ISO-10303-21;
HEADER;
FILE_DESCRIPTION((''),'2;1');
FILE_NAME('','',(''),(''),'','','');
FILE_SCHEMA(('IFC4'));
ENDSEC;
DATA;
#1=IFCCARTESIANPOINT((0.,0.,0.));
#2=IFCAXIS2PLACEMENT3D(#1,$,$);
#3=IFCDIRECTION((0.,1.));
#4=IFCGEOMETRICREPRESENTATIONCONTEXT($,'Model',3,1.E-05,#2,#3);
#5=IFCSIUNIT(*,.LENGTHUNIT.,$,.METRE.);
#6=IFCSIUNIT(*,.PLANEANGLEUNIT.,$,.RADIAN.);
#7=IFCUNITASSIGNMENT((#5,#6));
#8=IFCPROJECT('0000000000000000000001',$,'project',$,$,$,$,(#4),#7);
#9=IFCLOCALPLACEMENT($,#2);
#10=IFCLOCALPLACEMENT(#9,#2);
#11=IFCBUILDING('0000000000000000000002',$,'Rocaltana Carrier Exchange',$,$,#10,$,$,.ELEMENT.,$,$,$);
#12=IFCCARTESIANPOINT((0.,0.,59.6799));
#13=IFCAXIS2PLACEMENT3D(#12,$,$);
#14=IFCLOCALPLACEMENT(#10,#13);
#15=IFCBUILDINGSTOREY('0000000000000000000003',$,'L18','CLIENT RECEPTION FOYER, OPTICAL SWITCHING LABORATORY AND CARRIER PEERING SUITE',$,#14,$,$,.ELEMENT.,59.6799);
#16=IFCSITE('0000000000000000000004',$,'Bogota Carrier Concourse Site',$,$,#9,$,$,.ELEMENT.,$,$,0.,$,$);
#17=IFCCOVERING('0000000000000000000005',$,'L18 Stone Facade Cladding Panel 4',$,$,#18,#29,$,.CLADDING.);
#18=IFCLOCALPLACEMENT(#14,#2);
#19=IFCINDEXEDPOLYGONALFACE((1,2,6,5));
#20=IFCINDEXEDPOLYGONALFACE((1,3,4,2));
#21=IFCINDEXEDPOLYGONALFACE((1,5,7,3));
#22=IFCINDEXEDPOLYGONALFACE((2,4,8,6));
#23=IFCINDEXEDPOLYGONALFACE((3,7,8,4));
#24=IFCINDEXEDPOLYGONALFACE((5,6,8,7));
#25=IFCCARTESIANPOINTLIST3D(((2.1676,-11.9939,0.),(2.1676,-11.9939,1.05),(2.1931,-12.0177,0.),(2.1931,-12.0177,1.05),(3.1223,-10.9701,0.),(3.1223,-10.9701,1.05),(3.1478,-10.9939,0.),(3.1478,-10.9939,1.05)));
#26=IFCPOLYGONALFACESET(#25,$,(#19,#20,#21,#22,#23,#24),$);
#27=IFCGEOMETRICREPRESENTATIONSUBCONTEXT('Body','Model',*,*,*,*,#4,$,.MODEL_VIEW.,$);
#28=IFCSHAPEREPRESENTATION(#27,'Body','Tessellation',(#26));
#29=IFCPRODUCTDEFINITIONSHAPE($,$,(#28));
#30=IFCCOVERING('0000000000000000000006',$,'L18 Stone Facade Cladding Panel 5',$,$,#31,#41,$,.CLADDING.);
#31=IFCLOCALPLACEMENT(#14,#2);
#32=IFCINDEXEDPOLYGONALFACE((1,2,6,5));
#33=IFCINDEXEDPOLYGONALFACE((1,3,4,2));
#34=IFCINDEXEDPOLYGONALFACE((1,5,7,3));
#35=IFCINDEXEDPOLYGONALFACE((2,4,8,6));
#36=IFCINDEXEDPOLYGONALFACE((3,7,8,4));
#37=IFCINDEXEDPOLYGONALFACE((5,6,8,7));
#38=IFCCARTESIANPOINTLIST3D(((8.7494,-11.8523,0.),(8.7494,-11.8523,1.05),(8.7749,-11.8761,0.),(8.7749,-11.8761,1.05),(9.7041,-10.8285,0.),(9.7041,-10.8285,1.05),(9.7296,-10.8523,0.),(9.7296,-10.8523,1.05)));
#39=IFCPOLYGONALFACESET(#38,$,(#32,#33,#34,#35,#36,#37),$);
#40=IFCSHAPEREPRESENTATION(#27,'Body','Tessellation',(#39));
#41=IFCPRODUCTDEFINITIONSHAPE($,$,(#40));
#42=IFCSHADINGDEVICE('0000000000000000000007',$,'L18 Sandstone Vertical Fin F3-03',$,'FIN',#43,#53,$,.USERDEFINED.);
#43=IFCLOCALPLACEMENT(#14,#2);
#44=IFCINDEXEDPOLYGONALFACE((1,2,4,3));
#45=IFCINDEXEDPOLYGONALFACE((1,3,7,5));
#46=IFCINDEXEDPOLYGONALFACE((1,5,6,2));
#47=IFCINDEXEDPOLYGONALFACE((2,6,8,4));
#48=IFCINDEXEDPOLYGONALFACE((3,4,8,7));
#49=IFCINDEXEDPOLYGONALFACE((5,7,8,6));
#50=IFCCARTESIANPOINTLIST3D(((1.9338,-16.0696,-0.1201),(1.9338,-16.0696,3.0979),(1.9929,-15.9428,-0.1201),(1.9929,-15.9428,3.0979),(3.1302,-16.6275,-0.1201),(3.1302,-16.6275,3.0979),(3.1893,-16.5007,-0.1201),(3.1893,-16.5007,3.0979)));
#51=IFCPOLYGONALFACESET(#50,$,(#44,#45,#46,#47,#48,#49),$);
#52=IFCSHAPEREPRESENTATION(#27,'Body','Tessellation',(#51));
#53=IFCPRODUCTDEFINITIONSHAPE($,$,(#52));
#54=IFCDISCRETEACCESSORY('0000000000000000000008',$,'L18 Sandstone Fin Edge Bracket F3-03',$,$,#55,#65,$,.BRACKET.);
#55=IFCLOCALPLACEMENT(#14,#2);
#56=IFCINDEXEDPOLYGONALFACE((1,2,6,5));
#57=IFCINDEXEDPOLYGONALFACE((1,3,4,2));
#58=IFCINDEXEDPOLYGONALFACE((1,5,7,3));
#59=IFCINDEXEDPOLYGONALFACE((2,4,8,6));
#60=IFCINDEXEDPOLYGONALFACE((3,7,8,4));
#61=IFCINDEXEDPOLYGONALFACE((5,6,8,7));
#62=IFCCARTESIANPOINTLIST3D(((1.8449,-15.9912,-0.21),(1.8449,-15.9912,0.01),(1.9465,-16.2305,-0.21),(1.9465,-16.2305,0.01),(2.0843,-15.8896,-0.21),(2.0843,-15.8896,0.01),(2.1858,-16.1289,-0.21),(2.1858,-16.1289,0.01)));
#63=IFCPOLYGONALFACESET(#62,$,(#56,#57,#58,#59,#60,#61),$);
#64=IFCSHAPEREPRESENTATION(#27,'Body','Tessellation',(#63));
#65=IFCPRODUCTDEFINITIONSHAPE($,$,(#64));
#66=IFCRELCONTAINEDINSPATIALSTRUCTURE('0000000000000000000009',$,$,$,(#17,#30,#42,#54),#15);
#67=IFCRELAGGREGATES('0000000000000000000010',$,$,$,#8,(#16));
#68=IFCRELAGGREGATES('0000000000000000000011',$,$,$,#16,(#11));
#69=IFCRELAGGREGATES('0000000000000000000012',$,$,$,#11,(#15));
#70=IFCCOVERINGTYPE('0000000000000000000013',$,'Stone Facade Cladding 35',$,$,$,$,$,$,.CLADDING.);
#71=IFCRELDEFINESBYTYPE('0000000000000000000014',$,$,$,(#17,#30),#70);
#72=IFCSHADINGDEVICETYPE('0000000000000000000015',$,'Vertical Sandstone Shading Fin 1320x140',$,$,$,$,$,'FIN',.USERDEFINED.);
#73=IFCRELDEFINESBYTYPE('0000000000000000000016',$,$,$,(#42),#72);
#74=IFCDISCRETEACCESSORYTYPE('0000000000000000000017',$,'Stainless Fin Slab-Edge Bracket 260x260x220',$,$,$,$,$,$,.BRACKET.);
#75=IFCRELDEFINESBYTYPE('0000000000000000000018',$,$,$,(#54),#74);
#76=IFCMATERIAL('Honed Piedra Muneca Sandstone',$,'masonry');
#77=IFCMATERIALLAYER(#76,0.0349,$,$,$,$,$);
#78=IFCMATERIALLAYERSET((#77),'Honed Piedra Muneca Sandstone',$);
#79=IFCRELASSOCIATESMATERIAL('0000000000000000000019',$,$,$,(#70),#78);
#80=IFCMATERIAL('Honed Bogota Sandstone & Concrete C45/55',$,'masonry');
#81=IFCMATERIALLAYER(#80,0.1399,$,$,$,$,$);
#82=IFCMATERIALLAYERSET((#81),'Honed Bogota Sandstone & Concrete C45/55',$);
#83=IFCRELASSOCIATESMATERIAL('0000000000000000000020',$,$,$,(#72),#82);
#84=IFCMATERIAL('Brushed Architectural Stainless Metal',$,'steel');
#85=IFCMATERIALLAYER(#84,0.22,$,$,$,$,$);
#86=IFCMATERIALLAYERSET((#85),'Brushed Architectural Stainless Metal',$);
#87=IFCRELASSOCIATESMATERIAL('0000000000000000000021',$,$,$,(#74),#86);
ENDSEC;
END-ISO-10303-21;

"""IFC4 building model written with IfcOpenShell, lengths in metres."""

from ifc_helpers import new_model, si_unit, direction, frame, origin, origin_2d, place, context, subcontext, project, spatial, rectangle, extrude, material, layer, layer_set, type_object, element, save


model = new_model("IFC4")

# Units and contexts
model_context = context("Model", 3, precision=1e-05, world=origin(), true_north=direction((0.0, 1.0)))
body_context = subcontext(model_context, "Body", "Model", "MODEL_VIEW")
ifc_project = project(units=[si_unit("LENGTHUNIT", "METRE"), si_unit("PLANEANGLEUNIT", "RADIAN")], contexts=[model_context])

# Site, building, storey
site_placement = place(None, origin())
site = spatial("IfcSite", under=ifc_project, at=site_placement, Name="Bogota Carrier Concourse Site", CompositionType="ELEMENT", RefElevation=0.0)
building_placement = place(site_placement, origin())
building = spatial("IfcBuilding", under=site, at=building_placement, Name="Rocaltana Carrier Exchange", CompositionType="ELEMENT")
storey_placement = place(building_placement, frame((0.0, 0.0, 59.6799)))
storey = spatial("IfcBuildingStorey", under=building, at=storey_placement, Name="L18", Description="CLIENT RECEPTION FOYER, OPTICAL SWITCHING LABORATORY AND CARRIER PEERING SUITE", CompositionType="ELEMENT", Elevation=59.6799)

# Coverings
ifc_material_1 = material(Name="Honed Piedra Muneca Sandstone", Category="masonry")
ifc_layer_1 = layer(ifc_material_1, 0.0349)
ifc_layer_set_1 = layer_set([ifc_layer_1], Name="Honed Piedra Muneca Sandstone")
covering_type = type_object("IfcCoveringType", Name="Stone Facade Cladding 35", PredefinedType="CLADDING", material=ifc_layer_set_1)
for number, where, z_axis, x_axis, name in (
    (1, (2.6577, -11.4939, 0.0), (0.0, 0.0, 1.0), (0.681998, 0.731354, 0.0), "L18 Stone Facade Cladding Panel 4"),
    (2, (9.2395, -11.3523, 0.0), (0.0, 0.0, 1.0), (0.681998, 0.731354, 0.0), "L18 Stone Facade Cladding Panel 5"),
):
    element("IfcCovering", number, at=place(storey_placement, frame(where, z_axis=z_axis, x_axis=x_axis)), inside=storey, type_object=covering_type, Name=name, PredefinedType="CLADDING", context=body_context, shape_type="SweptSolid", body=[
        extrude(rectangle(XDim=1.3999, YDim=0.0349, at=origin_2d()), origin(), (0.0, 0.0, 1.0), 1.05),
    ])

# Shading device
ifc_material_2 = material(Name="Honed Bogota Sandstone & Concrete C45/55", Category="masonry")
ifc_layer_2 = layer(ifc_material_2, 0.1399)
ifc_layer_set_2 = layer_set([ifc_layer_2], Name="Honed Bogota Sandstone & Concrete C45/55")
shading_device_type = type_object("IfcShadingDeviceType", Name="Vertical Sandstone Shading Fin 1320x140", ElementType="FIN", PredefinedType="USERDEFINED", material=ifc_layer_set_2)
shading_device_placement = place(storey_placement, frame((2.5615, -16.2852, -0.1201), z_axis=(0.0, 0.0, 1.0), x_axis=(0.906308, -0.422618, 0.0)))
element("IfcShadingDevice", 3, at=shading_device_placement, inside=storey, type_object=shading_device_type, Name="L18 Sandstone Vertical Fin F3-03", ObjectType="FIN", PredefinedType="USERDEFINED", context=body_context, shape_type="SweptSolid", body=[
    extrude(rectangle(XDim=1.3201, YDim=0.1399, at=origin_2d()), origin(), (0.0, 0.0, 1.0), 3.218),
])

# Discrete accessory
ifc_material_3 = material(Name="Brushed Architectural Stainless Metal", Category="steel")
ifc_layer_3 = layer(ifc_material_3, 0.22)
ifc_layer_set_3 = layer_set([ifc_layer_3], Name="Brushed Architectural Stainless Metal")
discrete_accessory_type = type_object("IfcDiscreteAccessoryType", Name="Stainless Fin Slab-Edge Bracket 260x260x220", PredefinedType="BRACKET", material=ifc_layer_set_3)
discrete_accessory_placement = place(storey_placement, frame((2.0154, -16.0601, -0.21), z_axis=(0.0, 0.0, 1.0), x_axis=(0.920505, 0.390731, 0.0)))
element("IfcDiscreteAccessory", 4, at=discrete_accessory_placement, inside=storey, type_object=discrete_accessory_type, Name="L18 Sandstone Fin Edge Bracket F3-03", PredefinedType="BRACKET", context=body_context, shape_type="SweptSolid", body=[
    extrude(rectangle(XDim=0.26, YDim=0.26, at=origin_2d()), origin(), (0.0, 0.0, 1.0), 0.22),
])

save(model, "model.ifc")
